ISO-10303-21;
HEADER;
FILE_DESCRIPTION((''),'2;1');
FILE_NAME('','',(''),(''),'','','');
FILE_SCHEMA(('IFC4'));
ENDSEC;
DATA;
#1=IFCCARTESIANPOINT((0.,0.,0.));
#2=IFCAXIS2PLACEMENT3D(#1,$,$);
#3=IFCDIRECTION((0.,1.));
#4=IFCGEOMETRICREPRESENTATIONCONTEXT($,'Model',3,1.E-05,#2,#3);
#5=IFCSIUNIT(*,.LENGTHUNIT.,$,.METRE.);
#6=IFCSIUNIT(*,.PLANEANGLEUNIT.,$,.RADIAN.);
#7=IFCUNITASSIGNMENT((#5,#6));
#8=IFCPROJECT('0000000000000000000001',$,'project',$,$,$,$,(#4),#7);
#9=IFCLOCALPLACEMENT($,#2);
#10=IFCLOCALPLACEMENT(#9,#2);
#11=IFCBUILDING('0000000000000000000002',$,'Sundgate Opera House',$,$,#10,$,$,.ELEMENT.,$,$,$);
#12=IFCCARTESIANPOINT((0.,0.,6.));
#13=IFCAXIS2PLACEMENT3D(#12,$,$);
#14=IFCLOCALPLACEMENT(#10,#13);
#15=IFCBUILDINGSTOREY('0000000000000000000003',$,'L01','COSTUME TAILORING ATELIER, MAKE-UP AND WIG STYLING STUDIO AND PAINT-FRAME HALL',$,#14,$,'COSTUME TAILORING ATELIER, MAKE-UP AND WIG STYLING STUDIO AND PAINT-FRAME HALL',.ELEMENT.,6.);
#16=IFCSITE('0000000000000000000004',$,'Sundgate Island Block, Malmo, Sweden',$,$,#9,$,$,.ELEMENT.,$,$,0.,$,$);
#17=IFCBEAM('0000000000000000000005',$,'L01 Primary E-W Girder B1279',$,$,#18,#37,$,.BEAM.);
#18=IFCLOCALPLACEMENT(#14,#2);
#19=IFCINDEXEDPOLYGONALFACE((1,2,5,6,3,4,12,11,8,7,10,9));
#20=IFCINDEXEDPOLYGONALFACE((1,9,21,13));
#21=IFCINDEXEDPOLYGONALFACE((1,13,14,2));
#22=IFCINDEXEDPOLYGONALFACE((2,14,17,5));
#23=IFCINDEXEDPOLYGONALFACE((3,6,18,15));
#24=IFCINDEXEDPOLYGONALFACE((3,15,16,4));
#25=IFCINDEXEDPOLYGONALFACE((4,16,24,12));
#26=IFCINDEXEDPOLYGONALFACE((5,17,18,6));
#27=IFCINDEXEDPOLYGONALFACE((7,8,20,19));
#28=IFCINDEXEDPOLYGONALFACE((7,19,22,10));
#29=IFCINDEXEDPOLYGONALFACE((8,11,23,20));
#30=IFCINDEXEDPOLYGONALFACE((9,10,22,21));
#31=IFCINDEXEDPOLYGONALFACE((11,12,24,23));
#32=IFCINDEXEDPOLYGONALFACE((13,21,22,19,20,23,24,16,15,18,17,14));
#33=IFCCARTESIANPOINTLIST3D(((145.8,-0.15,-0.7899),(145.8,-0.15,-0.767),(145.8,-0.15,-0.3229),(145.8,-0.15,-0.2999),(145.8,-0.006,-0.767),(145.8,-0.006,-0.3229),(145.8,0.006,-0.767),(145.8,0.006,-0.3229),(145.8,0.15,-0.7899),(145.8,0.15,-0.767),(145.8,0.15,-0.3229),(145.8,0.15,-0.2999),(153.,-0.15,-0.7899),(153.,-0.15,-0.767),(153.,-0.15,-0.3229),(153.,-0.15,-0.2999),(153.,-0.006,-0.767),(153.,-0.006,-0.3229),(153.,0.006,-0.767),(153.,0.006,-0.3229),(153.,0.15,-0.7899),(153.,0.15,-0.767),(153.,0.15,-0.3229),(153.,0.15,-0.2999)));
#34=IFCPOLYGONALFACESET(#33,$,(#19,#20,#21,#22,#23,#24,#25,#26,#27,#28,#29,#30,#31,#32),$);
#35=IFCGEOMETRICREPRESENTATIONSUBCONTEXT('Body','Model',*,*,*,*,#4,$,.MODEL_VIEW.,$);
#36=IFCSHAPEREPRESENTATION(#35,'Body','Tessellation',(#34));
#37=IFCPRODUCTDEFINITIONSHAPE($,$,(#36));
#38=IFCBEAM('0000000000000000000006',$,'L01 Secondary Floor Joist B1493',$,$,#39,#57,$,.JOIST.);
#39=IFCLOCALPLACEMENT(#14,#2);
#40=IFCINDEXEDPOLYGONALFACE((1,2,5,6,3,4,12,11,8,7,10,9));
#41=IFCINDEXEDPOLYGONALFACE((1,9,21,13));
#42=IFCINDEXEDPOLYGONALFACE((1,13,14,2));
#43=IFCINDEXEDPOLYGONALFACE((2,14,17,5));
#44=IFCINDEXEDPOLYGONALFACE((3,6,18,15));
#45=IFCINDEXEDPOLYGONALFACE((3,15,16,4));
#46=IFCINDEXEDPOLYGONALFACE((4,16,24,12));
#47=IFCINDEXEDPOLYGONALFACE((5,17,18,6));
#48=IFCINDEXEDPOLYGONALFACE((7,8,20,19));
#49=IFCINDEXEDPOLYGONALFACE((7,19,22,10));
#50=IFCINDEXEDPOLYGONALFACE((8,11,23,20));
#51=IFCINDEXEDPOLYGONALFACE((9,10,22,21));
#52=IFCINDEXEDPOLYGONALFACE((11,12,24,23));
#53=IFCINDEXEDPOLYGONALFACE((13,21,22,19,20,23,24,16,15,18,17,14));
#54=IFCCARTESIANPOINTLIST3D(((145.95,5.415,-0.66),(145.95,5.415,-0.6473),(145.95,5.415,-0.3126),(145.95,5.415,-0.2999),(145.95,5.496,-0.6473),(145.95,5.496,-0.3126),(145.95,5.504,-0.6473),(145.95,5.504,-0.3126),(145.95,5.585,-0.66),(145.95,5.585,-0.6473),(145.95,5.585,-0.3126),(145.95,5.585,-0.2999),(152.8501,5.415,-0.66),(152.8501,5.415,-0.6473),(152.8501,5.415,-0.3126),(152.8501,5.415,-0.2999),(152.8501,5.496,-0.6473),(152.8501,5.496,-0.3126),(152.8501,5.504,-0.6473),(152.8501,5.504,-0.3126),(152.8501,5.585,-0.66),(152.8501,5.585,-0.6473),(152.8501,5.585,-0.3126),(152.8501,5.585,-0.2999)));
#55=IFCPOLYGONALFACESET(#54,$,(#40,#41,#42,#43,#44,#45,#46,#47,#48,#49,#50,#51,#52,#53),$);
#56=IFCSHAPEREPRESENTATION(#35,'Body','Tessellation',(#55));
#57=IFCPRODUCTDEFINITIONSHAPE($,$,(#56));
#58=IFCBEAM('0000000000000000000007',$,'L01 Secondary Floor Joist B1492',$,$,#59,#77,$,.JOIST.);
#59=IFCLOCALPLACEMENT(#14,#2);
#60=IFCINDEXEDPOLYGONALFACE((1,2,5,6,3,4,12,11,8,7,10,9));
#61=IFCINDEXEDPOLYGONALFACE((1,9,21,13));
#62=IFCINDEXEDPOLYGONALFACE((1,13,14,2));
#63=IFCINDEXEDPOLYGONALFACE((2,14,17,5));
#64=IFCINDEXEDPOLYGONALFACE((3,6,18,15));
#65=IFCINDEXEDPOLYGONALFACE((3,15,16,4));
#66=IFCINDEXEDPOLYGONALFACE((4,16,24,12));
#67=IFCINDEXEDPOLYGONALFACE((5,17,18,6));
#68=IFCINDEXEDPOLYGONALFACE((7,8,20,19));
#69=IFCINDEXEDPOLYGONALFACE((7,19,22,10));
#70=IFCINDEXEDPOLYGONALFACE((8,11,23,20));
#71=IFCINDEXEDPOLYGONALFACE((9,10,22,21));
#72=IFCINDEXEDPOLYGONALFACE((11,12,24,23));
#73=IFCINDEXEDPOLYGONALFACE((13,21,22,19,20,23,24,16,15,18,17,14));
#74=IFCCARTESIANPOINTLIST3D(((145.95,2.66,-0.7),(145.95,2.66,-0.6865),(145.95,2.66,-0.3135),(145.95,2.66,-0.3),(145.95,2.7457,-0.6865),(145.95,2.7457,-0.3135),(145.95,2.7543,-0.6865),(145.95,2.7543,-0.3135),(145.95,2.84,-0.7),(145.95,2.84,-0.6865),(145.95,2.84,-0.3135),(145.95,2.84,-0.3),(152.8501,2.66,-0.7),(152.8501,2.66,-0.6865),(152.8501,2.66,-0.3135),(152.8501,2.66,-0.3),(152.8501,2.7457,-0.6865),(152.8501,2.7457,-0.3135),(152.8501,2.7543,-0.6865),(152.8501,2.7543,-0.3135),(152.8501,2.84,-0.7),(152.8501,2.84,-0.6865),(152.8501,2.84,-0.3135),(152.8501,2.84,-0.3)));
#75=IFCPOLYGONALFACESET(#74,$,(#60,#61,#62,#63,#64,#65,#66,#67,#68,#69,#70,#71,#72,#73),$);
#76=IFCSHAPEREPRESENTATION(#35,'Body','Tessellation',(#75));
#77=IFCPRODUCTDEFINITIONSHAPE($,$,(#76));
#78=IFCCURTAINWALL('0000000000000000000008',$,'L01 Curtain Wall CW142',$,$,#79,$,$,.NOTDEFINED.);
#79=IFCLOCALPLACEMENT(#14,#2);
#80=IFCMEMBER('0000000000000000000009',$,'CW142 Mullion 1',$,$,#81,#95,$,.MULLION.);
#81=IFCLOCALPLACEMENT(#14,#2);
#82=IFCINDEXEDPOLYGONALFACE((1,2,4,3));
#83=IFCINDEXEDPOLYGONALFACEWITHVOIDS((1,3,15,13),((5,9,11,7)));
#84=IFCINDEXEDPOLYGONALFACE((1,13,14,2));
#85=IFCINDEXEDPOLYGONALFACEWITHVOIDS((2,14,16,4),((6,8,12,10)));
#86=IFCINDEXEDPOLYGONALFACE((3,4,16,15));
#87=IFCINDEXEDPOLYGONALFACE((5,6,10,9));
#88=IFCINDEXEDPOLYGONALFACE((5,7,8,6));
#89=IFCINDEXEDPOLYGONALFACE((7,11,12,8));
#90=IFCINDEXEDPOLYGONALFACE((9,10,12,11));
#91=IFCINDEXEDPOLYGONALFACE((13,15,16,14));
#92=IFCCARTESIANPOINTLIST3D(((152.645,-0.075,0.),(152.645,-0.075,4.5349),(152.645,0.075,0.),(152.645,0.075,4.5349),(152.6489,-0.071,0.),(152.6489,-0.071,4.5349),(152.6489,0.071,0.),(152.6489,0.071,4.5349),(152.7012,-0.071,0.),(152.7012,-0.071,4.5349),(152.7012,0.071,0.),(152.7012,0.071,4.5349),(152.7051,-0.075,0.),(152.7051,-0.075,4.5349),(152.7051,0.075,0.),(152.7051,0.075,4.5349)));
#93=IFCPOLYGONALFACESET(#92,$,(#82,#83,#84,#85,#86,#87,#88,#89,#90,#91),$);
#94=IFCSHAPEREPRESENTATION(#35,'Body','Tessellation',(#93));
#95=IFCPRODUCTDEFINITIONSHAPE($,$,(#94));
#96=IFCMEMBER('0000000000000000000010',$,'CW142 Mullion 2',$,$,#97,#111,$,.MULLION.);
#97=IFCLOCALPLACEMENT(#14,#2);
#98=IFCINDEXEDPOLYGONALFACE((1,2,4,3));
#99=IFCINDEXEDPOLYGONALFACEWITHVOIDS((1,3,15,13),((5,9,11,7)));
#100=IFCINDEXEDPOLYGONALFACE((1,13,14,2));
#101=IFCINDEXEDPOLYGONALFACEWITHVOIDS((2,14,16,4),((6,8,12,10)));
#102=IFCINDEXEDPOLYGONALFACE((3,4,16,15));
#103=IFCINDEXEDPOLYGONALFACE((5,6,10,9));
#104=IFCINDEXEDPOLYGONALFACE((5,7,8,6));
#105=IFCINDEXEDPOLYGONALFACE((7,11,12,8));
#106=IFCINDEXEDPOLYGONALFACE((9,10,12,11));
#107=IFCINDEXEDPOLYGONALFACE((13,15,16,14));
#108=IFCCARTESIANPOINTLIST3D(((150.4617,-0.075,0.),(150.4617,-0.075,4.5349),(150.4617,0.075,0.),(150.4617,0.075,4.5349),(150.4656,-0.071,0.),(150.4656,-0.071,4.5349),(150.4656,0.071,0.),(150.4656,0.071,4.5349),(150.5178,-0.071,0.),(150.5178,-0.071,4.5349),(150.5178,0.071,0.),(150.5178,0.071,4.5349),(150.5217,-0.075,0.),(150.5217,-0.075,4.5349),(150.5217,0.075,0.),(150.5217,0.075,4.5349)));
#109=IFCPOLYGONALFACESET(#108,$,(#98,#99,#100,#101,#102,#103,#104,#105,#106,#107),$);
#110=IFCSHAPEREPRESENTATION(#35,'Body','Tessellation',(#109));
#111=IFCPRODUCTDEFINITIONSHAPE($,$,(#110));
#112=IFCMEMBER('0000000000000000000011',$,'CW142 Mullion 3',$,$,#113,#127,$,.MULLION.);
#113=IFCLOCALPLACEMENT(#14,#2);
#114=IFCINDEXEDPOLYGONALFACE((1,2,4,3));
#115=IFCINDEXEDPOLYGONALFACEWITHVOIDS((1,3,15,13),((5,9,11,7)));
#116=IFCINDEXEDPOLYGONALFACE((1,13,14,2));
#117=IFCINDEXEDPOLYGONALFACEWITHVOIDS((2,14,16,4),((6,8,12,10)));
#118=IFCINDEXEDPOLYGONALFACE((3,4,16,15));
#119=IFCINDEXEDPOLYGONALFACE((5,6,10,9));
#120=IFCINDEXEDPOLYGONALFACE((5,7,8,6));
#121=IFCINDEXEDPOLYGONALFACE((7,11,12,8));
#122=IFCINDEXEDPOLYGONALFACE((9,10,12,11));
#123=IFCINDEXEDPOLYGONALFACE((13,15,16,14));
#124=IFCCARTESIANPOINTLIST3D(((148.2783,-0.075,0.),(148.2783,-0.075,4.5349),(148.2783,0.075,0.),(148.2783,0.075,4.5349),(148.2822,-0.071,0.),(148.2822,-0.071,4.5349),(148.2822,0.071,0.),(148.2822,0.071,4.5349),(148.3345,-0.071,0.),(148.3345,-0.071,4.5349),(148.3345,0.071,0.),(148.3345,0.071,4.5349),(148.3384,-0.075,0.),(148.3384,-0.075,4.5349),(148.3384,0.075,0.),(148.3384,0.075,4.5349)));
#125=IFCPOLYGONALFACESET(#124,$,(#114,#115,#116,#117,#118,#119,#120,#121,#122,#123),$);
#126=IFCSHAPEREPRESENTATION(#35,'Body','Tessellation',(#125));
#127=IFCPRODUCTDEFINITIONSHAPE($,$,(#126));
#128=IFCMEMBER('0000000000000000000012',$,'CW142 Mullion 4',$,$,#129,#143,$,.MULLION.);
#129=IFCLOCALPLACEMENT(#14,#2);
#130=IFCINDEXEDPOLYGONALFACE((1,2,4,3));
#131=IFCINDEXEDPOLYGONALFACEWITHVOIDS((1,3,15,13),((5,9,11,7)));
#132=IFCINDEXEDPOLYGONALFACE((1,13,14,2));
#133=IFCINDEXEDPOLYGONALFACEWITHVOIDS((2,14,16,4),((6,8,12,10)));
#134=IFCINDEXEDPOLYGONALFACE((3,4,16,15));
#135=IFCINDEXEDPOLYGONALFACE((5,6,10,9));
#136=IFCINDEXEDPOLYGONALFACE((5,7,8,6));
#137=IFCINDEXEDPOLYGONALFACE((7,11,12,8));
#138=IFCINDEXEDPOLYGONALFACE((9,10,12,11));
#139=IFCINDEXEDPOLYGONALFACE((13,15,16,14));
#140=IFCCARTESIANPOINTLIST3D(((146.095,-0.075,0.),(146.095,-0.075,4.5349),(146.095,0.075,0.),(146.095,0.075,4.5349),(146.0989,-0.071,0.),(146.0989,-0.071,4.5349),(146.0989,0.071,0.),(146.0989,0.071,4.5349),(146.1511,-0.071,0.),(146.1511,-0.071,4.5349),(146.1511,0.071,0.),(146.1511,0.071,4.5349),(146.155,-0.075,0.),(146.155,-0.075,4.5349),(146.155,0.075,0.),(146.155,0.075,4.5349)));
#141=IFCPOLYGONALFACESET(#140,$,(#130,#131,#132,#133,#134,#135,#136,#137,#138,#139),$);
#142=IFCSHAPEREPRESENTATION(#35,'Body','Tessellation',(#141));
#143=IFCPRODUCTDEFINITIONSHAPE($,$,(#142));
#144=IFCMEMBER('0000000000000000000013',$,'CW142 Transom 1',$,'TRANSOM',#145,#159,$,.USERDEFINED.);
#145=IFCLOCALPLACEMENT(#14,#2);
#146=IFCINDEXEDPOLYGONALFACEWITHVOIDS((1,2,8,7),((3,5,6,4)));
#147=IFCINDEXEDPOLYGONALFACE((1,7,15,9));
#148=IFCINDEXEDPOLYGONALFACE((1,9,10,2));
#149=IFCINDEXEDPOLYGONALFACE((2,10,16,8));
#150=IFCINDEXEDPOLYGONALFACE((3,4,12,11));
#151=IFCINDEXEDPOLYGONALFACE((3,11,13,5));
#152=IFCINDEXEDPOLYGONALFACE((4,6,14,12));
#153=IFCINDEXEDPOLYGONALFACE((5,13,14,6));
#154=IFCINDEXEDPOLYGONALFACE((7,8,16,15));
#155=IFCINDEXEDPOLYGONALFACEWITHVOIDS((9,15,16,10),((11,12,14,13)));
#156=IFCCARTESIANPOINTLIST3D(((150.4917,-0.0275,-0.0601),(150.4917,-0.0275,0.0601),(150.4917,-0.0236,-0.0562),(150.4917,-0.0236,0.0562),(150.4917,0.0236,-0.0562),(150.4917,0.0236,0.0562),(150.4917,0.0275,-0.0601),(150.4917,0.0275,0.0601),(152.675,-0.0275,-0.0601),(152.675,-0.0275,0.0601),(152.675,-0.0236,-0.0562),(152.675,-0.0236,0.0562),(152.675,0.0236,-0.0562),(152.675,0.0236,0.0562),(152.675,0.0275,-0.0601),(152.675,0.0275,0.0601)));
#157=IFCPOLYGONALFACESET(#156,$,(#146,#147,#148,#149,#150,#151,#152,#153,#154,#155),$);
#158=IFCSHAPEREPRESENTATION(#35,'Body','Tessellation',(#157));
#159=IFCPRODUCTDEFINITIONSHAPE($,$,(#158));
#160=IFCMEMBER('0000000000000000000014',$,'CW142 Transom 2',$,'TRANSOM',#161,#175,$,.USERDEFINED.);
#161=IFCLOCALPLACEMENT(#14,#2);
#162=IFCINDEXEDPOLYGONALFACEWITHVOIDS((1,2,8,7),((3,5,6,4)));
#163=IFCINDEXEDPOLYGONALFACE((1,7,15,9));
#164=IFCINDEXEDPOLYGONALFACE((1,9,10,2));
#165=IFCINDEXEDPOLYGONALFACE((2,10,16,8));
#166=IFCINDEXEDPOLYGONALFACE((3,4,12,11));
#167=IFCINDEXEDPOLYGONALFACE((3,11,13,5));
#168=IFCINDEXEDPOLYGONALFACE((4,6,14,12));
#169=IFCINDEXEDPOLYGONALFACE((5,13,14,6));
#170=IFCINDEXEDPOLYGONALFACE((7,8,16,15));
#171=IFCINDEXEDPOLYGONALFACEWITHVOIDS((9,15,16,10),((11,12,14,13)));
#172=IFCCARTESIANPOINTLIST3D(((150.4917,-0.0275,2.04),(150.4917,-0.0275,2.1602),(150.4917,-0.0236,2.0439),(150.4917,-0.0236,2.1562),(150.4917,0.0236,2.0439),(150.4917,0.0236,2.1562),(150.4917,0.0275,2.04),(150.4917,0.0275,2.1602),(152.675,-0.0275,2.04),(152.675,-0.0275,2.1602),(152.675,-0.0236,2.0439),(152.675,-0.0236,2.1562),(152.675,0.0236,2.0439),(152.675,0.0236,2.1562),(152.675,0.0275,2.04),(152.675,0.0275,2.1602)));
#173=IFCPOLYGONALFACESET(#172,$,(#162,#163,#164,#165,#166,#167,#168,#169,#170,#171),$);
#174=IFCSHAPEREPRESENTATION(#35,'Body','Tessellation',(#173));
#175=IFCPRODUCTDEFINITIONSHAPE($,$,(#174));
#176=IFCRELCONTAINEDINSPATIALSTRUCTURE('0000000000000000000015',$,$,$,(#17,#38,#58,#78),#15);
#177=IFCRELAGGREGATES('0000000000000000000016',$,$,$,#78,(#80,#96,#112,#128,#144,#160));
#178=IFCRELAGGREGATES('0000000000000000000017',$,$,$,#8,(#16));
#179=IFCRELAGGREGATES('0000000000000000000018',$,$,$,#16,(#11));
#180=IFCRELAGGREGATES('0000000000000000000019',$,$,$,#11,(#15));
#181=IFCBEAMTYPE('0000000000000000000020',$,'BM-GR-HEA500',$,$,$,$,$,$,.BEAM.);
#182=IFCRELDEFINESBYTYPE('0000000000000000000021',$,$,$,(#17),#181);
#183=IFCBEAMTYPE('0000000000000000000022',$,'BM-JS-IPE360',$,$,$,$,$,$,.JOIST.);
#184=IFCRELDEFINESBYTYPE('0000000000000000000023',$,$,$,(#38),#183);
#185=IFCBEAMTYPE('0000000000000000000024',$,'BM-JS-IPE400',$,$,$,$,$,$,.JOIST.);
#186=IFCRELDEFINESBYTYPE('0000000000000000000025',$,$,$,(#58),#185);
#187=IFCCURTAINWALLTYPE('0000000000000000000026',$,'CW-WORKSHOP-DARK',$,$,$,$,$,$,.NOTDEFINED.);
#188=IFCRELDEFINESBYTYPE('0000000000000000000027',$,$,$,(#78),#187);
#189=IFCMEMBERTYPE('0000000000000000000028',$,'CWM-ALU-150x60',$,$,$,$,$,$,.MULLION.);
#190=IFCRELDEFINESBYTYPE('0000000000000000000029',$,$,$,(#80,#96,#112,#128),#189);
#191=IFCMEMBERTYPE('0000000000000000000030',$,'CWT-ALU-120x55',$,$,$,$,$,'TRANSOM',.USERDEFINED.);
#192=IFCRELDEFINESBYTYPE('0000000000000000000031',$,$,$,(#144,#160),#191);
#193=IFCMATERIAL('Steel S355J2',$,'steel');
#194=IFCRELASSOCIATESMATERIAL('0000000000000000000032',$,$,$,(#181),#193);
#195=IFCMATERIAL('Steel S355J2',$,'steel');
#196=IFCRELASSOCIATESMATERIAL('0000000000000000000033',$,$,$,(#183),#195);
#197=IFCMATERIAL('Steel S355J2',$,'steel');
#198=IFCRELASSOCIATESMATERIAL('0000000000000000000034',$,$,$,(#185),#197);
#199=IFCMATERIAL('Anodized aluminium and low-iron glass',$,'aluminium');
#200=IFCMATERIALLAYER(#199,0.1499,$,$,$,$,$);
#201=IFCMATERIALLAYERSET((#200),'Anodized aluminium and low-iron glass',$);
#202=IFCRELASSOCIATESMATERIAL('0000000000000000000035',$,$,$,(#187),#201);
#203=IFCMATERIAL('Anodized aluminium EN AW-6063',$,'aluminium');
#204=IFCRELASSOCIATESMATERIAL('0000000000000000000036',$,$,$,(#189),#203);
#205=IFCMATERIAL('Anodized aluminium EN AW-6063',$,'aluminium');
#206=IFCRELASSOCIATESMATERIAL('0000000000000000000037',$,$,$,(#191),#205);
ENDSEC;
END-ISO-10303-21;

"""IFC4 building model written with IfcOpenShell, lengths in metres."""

from ifc_helpers import new_model, si_unit, direction, frame, origin, origin_2d, place, context, subcontext, project, spatial, hollow_rectangle, i_section, extrude, material, layer, layer_set, material_profile, profile_set, type_object, element, aggregate, save


model = new_model("IFC4")

# Units and contexts
model_context = context("Model", 3, precision=1e-05, world=origin(), true_north=direction((0.0, 1.0)))
body_context = subcontext(model_context, "Body", "Model", "MODEL_VIEW")
ifc_project = project(units=[si_unit("LENGTHUNIT", "METRE"), si_unit("PLANEANGLEUNIT", "RADIAN")], contexts=[model_context])

# Site, building, storey
site_placement = place(None, origin())
site = spatial("IfcSite", under=ifc_project, at=site_placement, Name="Sundgate Island Block, Malmo, Sweden", CompositionType="ELEMENT", RefElevation=0.0)
building_placement = place(site_placement, origin())
building = spatial("IfcBuilding", under=site, at=building_placement, Name="Sundgate Opera House", CompositionType="ELEMENT")
storey_placement = place(building_placement, frame((0.0, 0.0, 6.0)))
storey = spatial("IfcBuildingStorey", under=building, at=storey_placement, Name="L01", Description="COSTUME TAILORING ATELIER, MAKE-UP AND WIG STYLING STUDIO AND PAINT-FRAME HALL", LongName="COSTUME TAILORING ATELIER, MAKE-UP AND WIG STYLING STUDIO AND PAINT-FRAME HALL", CompositionType="ELEMENT", Elevation=6.0)

# Beams
ifc_material_1 = material(Name="Steel S355J2", Category="steel")
ifc_material_profile_1 = material_profile(ifc_material_1, i_section(OverallWidth=0.3, OverallDepth=0.49, WebThickness=0.012, FlangeThickness=0.0229, at=origin_2d()), Name="HEA 500")
ifc_profile_set_1 = profile_set([ifc_material_profile_1], Name="Steel S355J2")
beam_type_1 = type_object("IfcBeamType", Name="BM-GR-HEA500", PredefinedType="BEAM", material=ifc_profile_set_1)
beam_1_placement = place(storey_placement, frame((145.8, 0.0, -0.5449), z_axis=(1.0, 0.0, 0.0), x_axis=(0.0, 1.0, 0.0)))
element("IfcBeam", 1, at=beam_1_placement, inside=storey, type_object=beam_type_1, Name="L01 Primary E-W Girder B1279", PredefinedType="BEAM", context=body_context, shape_type="SweptSolid", body=[
    extrude(i_section(OverallWidth=0.3, OverallDepth=0.49, WebThickness=0.012, FlangeThickness=0.0229, at=origin_2d()), origin(), (0.0, 0.0, 1.0), 7.2),
])
ifc_material_2 = material(Name="Steel S355J2", Category="steel")
ifc_material_profile_2 = material_profile(ifc_material_2, i_section(OverallWidth=0.1699, OverallDepth=0.3601, WebThickness=0.0081, FlangeThickness=0.0127, at=origin_2d()), Name="IPE 360")
ifc_profile_set_2 = profile_set([ifc_material_profile_2], Name="Steel S355J2")
beam_type_2 = type_object("IfcBeamType", Name="BM-JS-IPE360", PredefinedType="JOIST", material=ifc_profile_set_2)
beam_2_placement = place(storey_placement, frame((145.95, 5.5, -0.48), z_axis=(1.0, 0.0, 0.0), x_axis=(0.0, 1.0, 0.0)))
element("IfcBeam", 2, at=beam_2_placement, inside=storey, type_object=beam_type_2, Name="L01 Secondary Floor Joist B1493", PredefinedType="JOIST", context=body_context, shape_type="SweptSolid", body=[
    extrude(i_section(OverallWidth=0.1699, OverallDepth=0.3601, WebThickness=0.0081, FlangeThickness=0.0127, at=origin_2d()), origin(), (0.0, 0.0, 1.0), 6.9001),
])
ifc_material_3 = material(Name="Steel S355J2", Category="steel")
ifc_material_profile_3 = material_profile(ifc_material_3, i_section(OverallWidth=0.1799, OverallDepth=0.3999, WebThickness=0.0085, FlangeThickness=0.0134, at=origin_2d()), Name="IPE 400")
ifc_profile_set_3 = profile_set([ifc_material_profile_3], Name="Steel S355J2")
beam_type_3 = type_object("IfcBeamType", Name="BM-JS-IPE400", PredefinedType="JOIST", material=ifc_profile_set_3)
beam_3_placement = place(storey_placement, frame((145.95, 2.75, -0.5), z_axis=(1.0, 0.0, 0.0), x_axis=(0.0, 1.0, 0.0)))
element("IfcBeam", 3, at=beam_3_placement, inside=storey, type_object=beam_type_3, Name="L01 Secondary Floor Joist B1492", PredefinedType="JOIST", context=body_context, shape_type="SweptSolid", body=[
    extrude(i_section(OverallWidth=0.1799, OverallDepth=0.3999, WebThickness=0.0085, FlangeThickness=0.0134, at=origin_2d()), origin(), (0.0, 0.0, 1.0), 6.9001),
])

# Curtain wall, members
ifc_material_4 = material(Name="Anodized aluminium and low-iron glass", Category="aluminium")
ifc_layer_1 = layer(ifc_material_4, 0.1499)
ifc_layer_set_1 = layer_set([ifc_layer_1], Name="Anodized aluminium and low-iron glass")
curtain_wall_type = type_object("IfcCurtainWallType", Name="CW-WORKSHOP-DARK", PredefinedType="NOTDEFINED", material=ifc_layer_set_1)
curtain_wall_placement = place(storey_placement, origin())
curtain_wall = element("IfcCurtainWall", 4, at=curtain_wall_placement, inside=storey, type_object=curtain_wall_type, Name="L01 Curtain Wall CW142", PredefinedType="NOTDEFINED")
ifc_material_5 = material(Name="Anodized aluminium EN AW-6063", Category="aluminium")
ifc_material_profile_4 = material_profile(ifc_material_5, hollow_rectangle(XDim=0.0601, YDim=0.1499, WallThickness=0.0039, at=origin_2d()), Name="CWM 150x60x4")
ifc_profile_set_4 = profile_set([ifc_material_profile_4], Name="Anodized aluminium EN AW-6063")
member_type_1 = type_object("IfcMemberType", Name="CWM-ALU-150x60", PredefinedType="MULLION", material=ifc_profile_set_4)
member_1_placement = place(storey_placement, frame((152.675, 0.0, 0.0), z_axis=(0.0, 0.0, 1.0), x_axis=(1.0, 0.0, 0.0)))
member_1 = element("IfcMember", 5, at=member_1_placement, type_object=member_type_1, Name="CW142 Mullion 1", PredefinedType="MULLION", context=body_context, shape_type="SweptSolid", body=[
    extrude(hollow_rectangle(XDim=0.0601, YDim=0.1499, WallThickness=0.0039, at=origin_2d()), origin(), (0.0, 0.0, 1.0), 4.5349),
])
member_2_placement = place(storey_placement, frame((150.4917, 0.0, 0.0), z_axis=(0.0, 0.0, 1.0), x_axis=(1.0, 0.0, 0.0)))
member_2 = element("IfcMember", 6, at=member_2_placement, type_object=member_type_1, Name="CW142 Mullion 2", PredefinedType="MULLION", context=body_context, shape_type="SweptSolid", body=[
    extrude(hollow_rectangle(XDim=0.0601, YDim=0.1499, WallThickness=0.0039, at=origin_2d()), origin(), (0.0, 0.0, 1.0), 4.5349),
])
member_3_placement = place(storey_placement, frame((148.3083, 0.0, 0.0), z_axis=(0.0, 0.0, 1.0), x_axis=(1.0, 0.0, 0.0)))
member_3 = element("IfcMember", 7, at=member_3_placement, type_object=member_type_1, Name="CW142 Mullion 3", PredefinedType="MULLION", context=body_context, shape_type="SweptSolid", body=[
    extrude(hollow_rectangle(XDim=0.0601, YDim=0.1499, WallThickness=0.0039, at=origin_2d()), origin(), (0.0, 0.0, 1.0), 4.5349),
])
member_4_placement = place(storey_placement, frame((146.125, 0.0, 0.0), z_axis=(0.0, 0.0, 1.0), x_axis=(1.0, 0.0, 0.0)))
member_4 = element("IfcMember", 8, at=member_4_placement, type_object=member_type_1, Name="CW142 Mullion 4", PredefinedType="MULLION", context=body_context, shape_type="SweptSolid", body=[
    extrude(hollow_rectangle(XDim=0.0601, YDim=0.1499, WallThickness=0.0039, at=origin_2d()), origin(), (0.0, 0.0, 1.0), 4.5349),
])
ifc_material_6 = material(Name="Anodized aluminium EN AW-6063", Category="aluminium")
ifc_material_profile_5 = material_profile(ifc_material_6, hollow_rectangle(XDim=0.0549, YDim=0.1201, WallThickness=0.0039, at=origin_2d()), Name="CWT 120x55x4")
ifc_profile_set_5 = profile_set([ifc_material_profile_5], Name="Anodized aluminium EN AW-6063")
member_type_2 = type_object("IfcMemberType", Name="CWT-ALU-120x55", ElementType="TRANSOM", PredefinedType="USERDEFINED", material=ifc_profile_set_5)
member_5_placement = place(storey_placement, frame((152.675, 0.0, 0.0), z_axis=(-1.0, 0.0, 0.0), x_axis=(0.0, -1.0, 0.0)))
member_5 = element("IfcMember", 9, at=member_5_placement, type_object=member_type_2, Name="CW142 Transom 1", ObjectType="TRANSOM", PredefinedType="USERDEFINED", context=body_context, shape_type="SweptSolid", body=[
    extrude(hollow_rectangle(XDim=0.0549, YDim=0.1201, WallThickness=0.0039, at=origin_2d()), origin(), (0.0, 0.0, 1.0), 2.1833),
])
member_6_placement = place(storey_placement, frame((152.675, 0.0, 2.1001), z_axis=(-1.0, 0.0, 0.0), x_axis=(0.0, -1.0, 0.0)))
member_6 = element("IfcMember", 10, at=member_6_placement, type_object=member_type_2, Name="CW142 Transom 2", ObjectType="TRANSOM", PredefinedType="USERDEFINED", context=body_context, shape_type="SweptSolid", body=[
    extrude(hollow_rectangle(XDim=0.0549, YDim=0.1201, WallThickness=0.0039, at=origin_2d()), origin(), (0.0, 0.0, 1.0), 2.1833),
])
aggregate(curtain_wall, [member_1, member_2, member_3, member_4, member_5, member_6])

save(model, "model.ifc")
